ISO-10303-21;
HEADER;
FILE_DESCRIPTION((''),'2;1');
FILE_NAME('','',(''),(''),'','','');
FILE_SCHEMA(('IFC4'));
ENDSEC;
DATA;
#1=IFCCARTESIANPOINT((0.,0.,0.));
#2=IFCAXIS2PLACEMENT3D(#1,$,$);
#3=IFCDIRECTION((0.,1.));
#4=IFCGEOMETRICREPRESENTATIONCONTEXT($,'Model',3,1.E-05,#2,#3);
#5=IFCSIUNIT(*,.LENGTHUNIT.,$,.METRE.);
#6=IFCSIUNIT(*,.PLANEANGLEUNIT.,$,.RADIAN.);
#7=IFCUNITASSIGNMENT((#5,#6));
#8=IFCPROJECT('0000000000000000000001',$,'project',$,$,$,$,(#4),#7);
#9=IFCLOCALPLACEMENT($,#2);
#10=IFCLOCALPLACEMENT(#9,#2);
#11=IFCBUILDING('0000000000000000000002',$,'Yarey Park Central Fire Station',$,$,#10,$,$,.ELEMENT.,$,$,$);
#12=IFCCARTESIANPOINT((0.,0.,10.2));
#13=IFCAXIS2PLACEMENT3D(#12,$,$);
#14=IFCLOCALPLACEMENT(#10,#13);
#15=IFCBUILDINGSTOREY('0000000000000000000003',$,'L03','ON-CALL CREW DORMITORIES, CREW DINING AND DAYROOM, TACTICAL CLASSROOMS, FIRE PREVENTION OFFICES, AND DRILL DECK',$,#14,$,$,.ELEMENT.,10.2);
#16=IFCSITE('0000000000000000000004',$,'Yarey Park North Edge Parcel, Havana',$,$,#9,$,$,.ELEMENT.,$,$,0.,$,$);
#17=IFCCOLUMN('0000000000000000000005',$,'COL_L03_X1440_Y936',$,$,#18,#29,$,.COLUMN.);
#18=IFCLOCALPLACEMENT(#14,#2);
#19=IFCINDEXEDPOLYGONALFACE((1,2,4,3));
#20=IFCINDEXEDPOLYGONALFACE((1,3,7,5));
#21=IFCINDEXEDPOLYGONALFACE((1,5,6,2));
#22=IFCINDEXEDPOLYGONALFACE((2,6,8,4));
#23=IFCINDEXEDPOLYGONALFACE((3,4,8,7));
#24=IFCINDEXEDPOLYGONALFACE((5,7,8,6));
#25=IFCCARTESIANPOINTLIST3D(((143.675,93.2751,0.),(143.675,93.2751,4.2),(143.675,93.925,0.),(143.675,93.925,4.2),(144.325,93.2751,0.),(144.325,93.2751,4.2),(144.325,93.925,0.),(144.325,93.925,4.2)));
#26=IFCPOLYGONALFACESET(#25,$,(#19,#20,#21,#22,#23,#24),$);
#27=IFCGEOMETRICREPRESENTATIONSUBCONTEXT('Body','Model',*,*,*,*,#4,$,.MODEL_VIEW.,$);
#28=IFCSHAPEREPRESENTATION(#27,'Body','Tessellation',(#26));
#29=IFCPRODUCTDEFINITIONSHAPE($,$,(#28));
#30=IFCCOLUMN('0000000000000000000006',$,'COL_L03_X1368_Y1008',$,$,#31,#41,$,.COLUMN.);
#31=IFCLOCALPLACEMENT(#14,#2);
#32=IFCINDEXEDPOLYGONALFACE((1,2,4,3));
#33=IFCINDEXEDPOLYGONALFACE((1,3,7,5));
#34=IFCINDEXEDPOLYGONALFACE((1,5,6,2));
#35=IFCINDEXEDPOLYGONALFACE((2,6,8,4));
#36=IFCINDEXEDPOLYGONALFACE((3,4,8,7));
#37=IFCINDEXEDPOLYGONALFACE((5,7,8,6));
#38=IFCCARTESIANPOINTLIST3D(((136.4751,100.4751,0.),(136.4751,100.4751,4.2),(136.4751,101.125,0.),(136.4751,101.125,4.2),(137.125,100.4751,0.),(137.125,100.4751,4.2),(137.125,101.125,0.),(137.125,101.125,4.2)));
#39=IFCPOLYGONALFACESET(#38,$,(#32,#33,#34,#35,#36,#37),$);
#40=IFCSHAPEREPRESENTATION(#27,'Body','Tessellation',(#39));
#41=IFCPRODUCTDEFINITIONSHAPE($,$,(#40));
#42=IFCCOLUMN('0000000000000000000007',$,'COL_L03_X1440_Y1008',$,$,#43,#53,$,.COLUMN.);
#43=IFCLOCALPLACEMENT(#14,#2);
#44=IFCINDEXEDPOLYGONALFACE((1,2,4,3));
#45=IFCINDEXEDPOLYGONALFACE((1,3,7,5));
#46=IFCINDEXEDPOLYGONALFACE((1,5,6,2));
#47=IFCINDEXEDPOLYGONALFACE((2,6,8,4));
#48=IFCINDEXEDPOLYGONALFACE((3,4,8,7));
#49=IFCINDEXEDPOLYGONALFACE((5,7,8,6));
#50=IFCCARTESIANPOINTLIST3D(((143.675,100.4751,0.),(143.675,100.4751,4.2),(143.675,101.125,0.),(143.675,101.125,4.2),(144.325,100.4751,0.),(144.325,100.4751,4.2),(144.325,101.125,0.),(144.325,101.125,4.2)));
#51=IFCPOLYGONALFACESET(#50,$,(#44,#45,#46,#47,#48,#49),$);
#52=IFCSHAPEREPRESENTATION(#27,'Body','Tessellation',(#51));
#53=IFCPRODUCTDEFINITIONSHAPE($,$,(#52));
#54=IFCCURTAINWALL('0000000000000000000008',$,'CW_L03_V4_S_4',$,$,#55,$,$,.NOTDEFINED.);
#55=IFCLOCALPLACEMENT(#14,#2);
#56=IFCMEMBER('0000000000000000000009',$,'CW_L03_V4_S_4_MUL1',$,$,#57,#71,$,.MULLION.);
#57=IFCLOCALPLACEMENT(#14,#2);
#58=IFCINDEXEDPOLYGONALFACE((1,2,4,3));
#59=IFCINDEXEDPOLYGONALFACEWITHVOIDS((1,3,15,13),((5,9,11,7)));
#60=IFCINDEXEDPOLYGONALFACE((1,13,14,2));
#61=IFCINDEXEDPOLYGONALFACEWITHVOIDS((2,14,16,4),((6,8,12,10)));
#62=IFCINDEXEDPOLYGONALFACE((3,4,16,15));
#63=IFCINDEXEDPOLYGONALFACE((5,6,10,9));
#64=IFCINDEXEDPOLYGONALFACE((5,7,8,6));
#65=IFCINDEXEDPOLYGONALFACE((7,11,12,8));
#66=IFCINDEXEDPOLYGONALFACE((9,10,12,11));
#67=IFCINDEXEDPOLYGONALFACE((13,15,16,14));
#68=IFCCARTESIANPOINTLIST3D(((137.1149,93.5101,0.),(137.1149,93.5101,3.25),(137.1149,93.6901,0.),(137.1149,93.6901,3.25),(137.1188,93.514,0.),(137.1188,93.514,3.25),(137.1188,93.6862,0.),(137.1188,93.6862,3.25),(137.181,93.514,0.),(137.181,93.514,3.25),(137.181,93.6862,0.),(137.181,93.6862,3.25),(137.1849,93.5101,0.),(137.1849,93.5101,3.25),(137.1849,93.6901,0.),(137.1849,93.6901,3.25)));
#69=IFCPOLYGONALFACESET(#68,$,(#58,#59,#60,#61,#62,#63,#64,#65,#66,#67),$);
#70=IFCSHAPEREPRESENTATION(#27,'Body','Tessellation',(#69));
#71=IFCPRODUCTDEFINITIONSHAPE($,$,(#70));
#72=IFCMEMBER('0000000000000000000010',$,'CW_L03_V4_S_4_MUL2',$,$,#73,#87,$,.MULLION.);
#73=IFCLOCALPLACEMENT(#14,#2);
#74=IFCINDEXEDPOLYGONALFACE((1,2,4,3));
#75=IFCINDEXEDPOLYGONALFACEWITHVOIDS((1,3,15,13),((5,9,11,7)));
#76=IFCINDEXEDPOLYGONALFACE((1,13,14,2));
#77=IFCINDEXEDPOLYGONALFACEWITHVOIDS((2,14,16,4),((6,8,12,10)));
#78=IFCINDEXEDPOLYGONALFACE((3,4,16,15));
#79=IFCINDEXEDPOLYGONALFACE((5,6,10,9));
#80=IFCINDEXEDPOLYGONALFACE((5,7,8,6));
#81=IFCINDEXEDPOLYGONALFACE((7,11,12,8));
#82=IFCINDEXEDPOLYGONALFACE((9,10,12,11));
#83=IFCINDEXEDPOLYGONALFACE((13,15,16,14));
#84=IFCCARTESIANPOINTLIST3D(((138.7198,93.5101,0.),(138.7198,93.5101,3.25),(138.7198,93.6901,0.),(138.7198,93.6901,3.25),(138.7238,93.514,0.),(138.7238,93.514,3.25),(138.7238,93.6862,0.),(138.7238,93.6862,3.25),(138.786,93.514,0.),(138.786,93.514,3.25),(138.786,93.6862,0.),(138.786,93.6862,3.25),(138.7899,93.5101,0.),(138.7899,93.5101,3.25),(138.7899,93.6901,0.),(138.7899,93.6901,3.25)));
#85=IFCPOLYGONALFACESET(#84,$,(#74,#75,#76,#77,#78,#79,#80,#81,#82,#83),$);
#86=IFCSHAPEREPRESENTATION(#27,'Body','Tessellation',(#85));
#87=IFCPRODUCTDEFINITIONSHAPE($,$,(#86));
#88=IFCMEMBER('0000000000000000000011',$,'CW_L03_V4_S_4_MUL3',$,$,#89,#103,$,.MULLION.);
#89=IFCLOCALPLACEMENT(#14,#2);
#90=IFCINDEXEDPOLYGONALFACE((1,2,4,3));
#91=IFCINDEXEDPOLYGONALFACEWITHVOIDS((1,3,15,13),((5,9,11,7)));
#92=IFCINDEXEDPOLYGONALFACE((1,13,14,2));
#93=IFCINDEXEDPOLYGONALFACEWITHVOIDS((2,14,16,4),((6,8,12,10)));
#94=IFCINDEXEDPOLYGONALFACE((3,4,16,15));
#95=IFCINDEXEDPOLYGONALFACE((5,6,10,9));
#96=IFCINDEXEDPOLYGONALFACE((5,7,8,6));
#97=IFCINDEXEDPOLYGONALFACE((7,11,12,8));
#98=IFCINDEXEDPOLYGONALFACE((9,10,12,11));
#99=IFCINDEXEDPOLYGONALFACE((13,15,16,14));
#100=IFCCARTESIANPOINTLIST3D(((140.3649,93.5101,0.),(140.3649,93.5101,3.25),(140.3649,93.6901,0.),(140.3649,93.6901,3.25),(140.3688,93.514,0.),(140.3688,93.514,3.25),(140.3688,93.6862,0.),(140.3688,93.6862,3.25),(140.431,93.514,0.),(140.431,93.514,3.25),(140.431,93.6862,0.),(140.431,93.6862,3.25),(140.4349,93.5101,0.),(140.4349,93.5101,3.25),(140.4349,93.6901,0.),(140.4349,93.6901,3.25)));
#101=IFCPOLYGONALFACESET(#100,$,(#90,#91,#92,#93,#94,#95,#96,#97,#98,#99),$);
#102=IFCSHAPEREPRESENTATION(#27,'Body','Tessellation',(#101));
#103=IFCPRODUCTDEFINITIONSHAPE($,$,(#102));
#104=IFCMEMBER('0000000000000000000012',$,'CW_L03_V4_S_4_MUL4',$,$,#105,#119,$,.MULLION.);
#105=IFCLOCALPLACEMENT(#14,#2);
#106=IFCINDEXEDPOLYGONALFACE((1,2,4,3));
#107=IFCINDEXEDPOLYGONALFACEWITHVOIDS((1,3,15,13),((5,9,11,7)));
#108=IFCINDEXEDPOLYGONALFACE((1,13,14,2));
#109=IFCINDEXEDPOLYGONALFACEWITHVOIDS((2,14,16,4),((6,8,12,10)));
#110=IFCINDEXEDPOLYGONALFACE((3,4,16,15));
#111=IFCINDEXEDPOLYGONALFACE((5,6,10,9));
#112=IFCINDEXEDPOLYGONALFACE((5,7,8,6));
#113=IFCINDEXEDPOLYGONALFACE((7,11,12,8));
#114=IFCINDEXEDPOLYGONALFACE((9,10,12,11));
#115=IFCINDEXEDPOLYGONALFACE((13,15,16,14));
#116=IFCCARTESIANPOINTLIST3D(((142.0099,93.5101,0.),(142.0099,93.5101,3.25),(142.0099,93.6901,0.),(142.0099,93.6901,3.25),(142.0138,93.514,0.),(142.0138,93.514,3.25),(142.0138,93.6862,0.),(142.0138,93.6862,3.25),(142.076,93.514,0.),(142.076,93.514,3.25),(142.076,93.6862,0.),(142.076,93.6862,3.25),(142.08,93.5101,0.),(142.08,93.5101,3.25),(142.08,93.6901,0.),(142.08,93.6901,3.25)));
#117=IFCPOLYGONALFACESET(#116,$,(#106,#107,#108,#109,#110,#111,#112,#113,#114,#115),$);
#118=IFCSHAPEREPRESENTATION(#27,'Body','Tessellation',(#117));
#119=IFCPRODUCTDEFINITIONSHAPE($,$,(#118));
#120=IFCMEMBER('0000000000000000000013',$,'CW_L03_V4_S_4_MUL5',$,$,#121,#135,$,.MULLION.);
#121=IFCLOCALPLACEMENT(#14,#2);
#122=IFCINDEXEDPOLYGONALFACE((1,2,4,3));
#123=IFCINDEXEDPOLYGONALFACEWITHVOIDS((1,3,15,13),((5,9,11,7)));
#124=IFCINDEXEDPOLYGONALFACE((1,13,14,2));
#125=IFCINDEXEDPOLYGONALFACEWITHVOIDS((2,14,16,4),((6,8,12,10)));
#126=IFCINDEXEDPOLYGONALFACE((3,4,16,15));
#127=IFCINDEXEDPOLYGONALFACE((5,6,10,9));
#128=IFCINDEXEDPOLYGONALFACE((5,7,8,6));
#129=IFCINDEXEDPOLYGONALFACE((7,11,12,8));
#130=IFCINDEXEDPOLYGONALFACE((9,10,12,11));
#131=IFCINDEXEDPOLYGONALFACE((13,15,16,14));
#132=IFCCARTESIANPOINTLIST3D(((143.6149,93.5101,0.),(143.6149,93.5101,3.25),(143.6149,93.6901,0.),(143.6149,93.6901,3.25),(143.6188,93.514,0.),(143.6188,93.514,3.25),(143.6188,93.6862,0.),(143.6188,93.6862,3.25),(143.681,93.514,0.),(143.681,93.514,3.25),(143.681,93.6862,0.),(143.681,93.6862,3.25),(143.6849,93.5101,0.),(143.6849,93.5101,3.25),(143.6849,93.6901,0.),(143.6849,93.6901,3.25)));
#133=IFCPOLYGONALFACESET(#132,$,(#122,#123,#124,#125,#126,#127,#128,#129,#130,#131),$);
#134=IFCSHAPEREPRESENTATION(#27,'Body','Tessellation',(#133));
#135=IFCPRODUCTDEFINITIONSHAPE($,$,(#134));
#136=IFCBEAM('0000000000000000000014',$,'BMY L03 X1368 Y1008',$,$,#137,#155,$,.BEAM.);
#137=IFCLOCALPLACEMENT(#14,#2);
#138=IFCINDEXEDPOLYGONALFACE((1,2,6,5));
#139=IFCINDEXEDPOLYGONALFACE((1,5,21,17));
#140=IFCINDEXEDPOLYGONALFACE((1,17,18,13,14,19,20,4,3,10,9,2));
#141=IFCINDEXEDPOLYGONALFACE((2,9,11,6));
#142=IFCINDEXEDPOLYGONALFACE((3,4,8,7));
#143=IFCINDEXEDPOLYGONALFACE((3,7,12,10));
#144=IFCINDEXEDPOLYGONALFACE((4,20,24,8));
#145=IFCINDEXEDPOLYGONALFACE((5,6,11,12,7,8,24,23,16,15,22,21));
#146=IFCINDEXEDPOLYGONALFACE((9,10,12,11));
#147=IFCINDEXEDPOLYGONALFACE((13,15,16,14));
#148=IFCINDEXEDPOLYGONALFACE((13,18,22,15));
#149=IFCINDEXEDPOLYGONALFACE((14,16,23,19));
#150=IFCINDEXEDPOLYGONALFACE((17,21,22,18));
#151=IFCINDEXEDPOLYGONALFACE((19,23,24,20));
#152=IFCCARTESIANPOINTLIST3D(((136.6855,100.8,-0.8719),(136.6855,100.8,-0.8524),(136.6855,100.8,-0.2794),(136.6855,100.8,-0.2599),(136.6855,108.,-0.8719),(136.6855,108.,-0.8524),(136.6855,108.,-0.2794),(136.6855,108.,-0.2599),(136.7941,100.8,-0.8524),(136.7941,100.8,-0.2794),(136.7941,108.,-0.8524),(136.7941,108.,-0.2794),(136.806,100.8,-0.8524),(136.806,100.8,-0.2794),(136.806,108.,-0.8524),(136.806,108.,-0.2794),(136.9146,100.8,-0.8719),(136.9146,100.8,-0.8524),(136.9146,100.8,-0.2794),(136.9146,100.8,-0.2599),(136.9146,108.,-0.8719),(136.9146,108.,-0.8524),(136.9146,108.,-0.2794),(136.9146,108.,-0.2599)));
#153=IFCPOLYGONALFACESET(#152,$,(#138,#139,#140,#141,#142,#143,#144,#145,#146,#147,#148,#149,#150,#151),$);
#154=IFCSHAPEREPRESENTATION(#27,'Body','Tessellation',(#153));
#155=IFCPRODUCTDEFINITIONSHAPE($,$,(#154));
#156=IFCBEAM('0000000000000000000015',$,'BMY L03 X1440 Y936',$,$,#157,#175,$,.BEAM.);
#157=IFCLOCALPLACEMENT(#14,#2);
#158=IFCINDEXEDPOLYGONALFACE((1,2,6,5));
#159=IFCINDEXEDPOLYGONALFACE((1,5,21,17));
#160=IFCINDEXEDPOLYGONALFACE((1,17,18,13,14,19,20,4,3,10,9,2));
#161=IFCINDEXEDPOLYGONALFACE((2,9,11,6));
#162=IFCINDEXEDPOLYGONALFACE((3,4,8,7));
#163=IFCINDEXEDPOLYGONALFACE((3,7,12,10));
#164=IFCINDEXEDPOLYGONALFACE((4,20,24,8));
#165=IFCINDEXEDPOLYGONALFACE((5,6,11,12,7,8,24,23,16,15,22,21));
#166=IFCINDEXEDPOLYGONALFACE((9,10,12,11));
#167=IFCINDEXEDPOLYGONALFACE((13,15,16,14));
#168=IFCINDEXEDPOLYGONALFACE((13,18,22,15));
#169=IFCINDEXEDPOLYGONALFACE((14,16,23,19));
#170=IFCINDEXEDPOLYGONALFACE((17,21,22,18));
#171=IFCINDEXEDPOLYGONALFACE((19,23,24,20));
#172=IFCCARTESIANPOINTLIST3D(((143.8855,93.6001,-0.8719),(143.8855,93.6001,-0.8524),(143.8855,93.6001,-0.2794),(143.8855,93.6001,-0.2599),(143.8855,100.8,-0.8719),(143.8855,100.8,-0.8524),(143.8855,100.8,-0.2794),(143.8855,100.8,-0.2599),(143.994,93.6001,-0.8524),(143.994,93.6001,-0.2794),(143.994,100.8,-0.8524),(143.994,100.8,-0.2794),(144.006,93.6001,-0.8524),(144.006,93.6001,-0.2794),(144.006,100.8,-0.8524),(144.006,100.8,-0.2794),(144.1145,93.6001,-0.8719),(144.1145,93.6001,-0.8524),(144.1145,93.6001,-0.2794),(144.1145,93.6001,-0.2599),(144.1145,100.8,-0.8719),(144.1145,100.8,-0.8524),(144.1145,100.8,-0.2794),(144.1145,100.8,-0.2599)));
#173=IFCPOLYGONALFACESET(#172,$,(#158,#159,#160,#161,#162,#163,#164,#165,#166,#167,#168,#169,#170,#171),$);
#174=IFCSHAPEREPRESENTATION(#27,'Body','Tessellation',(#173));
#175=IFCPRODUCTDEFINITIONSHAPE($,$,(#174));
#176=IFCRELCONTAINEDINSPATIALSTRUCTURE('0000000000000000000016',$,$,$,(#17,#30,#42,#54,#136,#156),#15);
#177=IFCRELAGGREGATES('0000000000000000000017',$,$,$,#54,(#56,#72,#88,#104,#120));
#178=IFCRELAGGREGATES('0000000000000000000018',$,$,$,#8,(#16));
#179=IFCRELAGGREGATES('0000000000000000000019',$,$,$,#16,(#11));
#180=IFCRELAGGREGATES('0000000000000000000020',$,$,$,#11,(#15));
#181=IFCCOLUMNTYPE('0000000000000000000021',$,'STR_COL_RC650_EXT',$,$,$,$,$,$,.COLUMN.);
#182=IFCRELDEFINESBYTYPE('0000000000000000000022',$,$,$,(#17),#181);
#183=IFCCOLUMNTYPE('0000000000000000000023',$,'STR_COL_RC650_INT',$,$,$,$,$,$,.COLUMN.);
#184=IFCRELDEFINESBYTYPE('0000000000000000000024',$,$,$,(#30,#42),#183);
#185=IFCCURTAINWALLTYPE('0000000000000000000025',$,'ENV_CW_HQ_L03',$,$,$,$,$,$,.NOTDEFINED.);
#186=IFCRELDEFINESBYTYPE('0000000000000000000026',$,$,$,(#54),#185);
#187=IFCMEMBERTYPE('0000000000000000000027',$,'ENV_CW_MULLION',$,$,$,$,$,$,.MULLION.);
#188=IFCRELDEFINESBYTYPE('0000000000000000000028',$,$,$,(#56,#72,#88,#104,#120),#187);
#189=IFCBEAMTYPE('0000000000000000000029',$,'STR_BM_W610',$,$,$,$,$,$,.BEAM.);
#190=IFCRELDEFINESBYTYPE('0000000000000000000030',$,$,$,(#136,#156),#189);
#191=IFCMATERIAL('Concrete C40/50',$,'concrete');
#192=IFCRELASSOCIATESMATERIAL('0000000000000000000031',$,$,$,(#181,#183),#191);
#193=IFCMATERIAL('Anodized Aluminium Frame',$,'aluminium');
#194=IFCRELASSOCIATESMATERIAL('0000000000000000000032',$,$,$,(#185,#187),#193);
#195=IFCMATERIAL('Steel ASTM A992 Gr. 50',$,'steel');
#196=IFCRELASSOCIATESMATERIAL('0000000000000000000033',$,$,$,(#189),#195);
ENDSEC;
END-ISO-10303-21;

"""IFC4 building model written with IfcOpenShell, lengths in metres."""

from ifc_helpers import new_model, si_unit, direction, frame, origin, origin_2d, place, context, subcontext, project, spatial, rectangle, hollow_rectangle, i_section, extrude, material, material_profile, profile_set, type_object, element, aggregate, save


model = new_model("IFC4")

# Units and contexts
model_context = context("Model", 3, precision=1e-05, world=origin(), true_north=direction((0.0, 1.0)))
body_context = subcontext(model_context, "Body", "Model", "MODEL_VIEW")
ifc_project = project(units=[si_unit("LENGTHUNIT", "METRE"), si_unit("PLANEANGLEUNIT", "RADIAN")], contexts=[model_context])

# Site, building, storey
site_placement = place(None, origin())
site = spatial("IfcSite", under=ifc_project, at=site_placement, Name="Yarey Park North Edge Parcel, Havana", CompositionType="ELEMENT", RefElevation=0.0)
building_placement = place(site_placement, origin())
building = spatial("IfcBuilding", under=site, at=building_placement, Name="Yarey Park Central Fire Station", CompositionType="ELEMENT")
storey_placement = place(building_placement, frame((0.0, 0.0, 10.2)))
storey = spatial("IfcBuildingStorey", under=building, at=storey_placement, Name="L03", Description="ON-CALL CREW DORMITORIES, CREW DINING AND DAYROOM, TACTICAL CLASSROOMS, FIRE PREVENTION OFFICES, AND DRILL DECK", CompositionType="ELEMENT", Elevation=10.2)

# Columns
ifc_material_1 = material(Name="Concrete C40/50", Category="concrete")
ifc_material_profile_1 = material_profile(ifc_material_1, rectangle(XDim=0.6499, YDim=0.6499, at=origin_2d()), Name="RC 650x650")
ifc_profile_set_1 = profile_set([ifc_material_profile_1], Name="Concrete C40/50")
column_type_1 = type_object("IfcColumnType", Name="STR_COL_RC650_EXT", PredefinedType="COLUMN", material=ifc_profile_set_1)
column_placement = place(storey_placement, frame((144.0, 93.6001, 0.0), z_axis=(0.0, 0.0, 1.0), x_axis=(1.0, 0.0, 0.0)))
element("IfcColumn", 1, at=column_placement, inside=storey, type_object=column_type_1, Name="COL_L03_X1440_Y936", PredefinedType="COLUMN", context=body_context, shape_type="SweptSolid", body=[
    extrude(rectangle(XDim=0.6499, YDim=0.6499, at=origin_2d()), origin(), (0.0, 0.0, 1.0), 4.2),
])
ifc_material_profile_2 = material_profile(ifc_material_1, rectangle(XDim=0.6499, YDim=0.6499, at=origin_2d()), Name="RC 650x650")
ifc_profile_set_2 = profile_set([ifc_material_profile_2], Name="Concrete C40/50")
column_type_2 = type_object("IfcColumnType", Name="STR_COL_RC650_INT", PredefinedType="COLUMN", material=ifc_profile_set_2)
for number, where, z_axis, x_axis, name in (
    (2, (136.8, 100.8, 0.0), (0.0, 0.0, 1.0), (1.0, 0.0, 0.0), "COL_L03_X1368_Y1008"),
    (3, (144.0, 100.8, 0.0), (0.0, 0.0, 1.0), (1.0, 0.0, 0.0), "COL_L03_X1440_Y1008"),
):
    element("IfcColumn", number, at=place(storey_placement, frame(where, z_axis=z_axis, x_axis=x_axis)), inside=storey, type_object=column_type_2, Name=name, PredefinedType="COLUMN", context=body_context, shape_type="SweptSolid", body=[
        extrude(rectangle(XDim=0.6499, YDim=0.6499, at=origin_2d()), origin(), (0.0, 0.0, 1.0), 4.2),
    ])

# Curtain wall, members
ifc_material_2 = material(Name="Anodized Aluminium Frame", Category="aluminium")
curtain_wall_type = type_object("IfcCurtainWallType", Name="ENV_CW_HQ_L03", PredefinedType="NOTDEFINED", material=ifc_material_2)
curtain_wall_placement = place(storey_placement, origin())
curtain_wall = element("IfcCurtainWall", 4, at=curtain_wall_placement, inside=storey, type_object=curtain_wall_type, Name="CW_L03_V4_S_4", PredefinedType="NOTDEFINED")
ifc_material_profile_3 = material_profile(ifc_material_2, hollow_rectangle(XDim=0.0701, YDim=0.1799, WallThickness=0.0039, at=origin_2d()), Name="ALU 180x70x4")
ifc_profile_set_3 = profile_set([ifc_material_profile_3], Name="Anodized Aluminium Frame")
member_type_1 = type_object("IfcMemberType", Name="ENV_CW_MULLION", PredefinedType="MULLION", material=ifc_profile_set_3)
member_1_placement = place(storey_placement, frame((137.1499, 93.6001, 0.0), z_axis=(0.0, 0.0, 1.0), x_axis=(1.0, 0.0, 0.0)))
member_1 = element("IfcMember", 5, at=member_1_placement, type_object=member_type_1, Name="CW_L03_V4_S_4_MUL1", PredefinedType="MULLION", context=body_context, shape_type="SweptSolid", body=[
    extrude(hollow_rectangle(XDim=0.0701, YDim=0.1799, WallThickness=0.0039, at=origin_2d()), origin(), (0.0, 0.0, 1.0), 3.25),
])
member_2_placement = place(storey_placement, frame((138.7549, 93.6001, 0.0), z_axis=(0.0, 0.0, 1.0), x_axis=(1.0, 0.0, 0.0)))
member_2 = element("IfcMember", 6, at=member_2_placement, type_object=member_type_1, Name="CW_L03_V4_S_4_MUL2", PredefinedType="MULLION", context=body_context, shape_type="SweptSolid", body=[
    extrude(hollow_rectangle(XDim=0.0701, YDim=0.1799, WallThickness=0.0039, at=origin_2d()), origin(), (0.0, 0.0, 1.0), 3.25),
])
member_3_placement = place(storey_placement, frame((140.3999, 93.6001, 0.0), z_axis=(0.0, 0.0, 1.0), x_axis=(1.0, 0.0, 0.0)))
member_3 = element("IfcMember", 7, at=member_3_placement, type_object=member_type_1, Name="CW_L03_V4_S_4_MUL3", PredefinedType="MULLION", context=body_context, shape_type="SweptSolid", body=[
    extrude(hollow_rectangle(XDim=0.0701, YDim=0.1799, WallThickness=0.0039, at=origin_2d()), origin(), (0.0, 0.0, 1.0), 3.25),
])
member_4_placement = place(storey_placement, frame((142.0449, 93.6001, 0.0), z_axis=(0.0, 0.0, 1.0), x_axis=(1.0, 0.0, 0.0)))
member_4 = element("IfcMember", 8, at=member_4_placement, type_object=member_type_1, Name="CW_L03_V4_S_4_MUL4", PredefinedType="MULLION", context=body_context, shape_type="SweptSolid", body=[
    extrude(hollow_rectangle(XDim=0.0701, YDim=0.1799, WallThickness=0.0039, at=origin_2d()), origin(), (0.0, 0.0, 1.0), 3.25),
])
member_5_placement = place(storey_placement, frame((143.6499, 93.6001, 0.0), z_axis=(0.0, 0.0, 1.0), x_axis=(1.0, 0.0, 0.0)))
member_5 = element("IfcMember", 9, at=member_5_placement, type_object=member_type_1, Name="CW_L03_V4_S_4_MUL5", PredefinedType="MULLION", context=body_context, shape_type="SweptSolid", body=[
    extrude(hollow_rectangle(XDim=0.0701, YDim=0.1799, WallThickness=0.0039, at=origin_2d()), origin(), (0.0, 0.0, 1.0), 3.25),
])

# Beams
ifc_material_3 = material(Name="Steel ASTM A992 Gr. 50", Category="steel")
ifc_material_profile_4 = material_profile(ifc_material_3, i_section(OverallWidth=0.229, OverallDepth=0.6121, WebThickness=0.012, FlangeThickness=0.0195, at=origin_2d()), Name="W610x125")
ifc_profile_set_4 = profile_set([ifc_material_profile_4], Name="Steel ASTM A992 Gr. 50")
beam_type_1 = type_object("IfcBeamType", Name="STR_BM_W610", PredefinedType="BEAM", material=ifc_profile_set_4)
for number, where, z_axis, x_axis, name in (
    (10, (136.8, 100.8, -0.5659), (0.0, 1.0, 0.0), (-1.0, 0.0, 0.0), "BMY L03 X1368 Y1008"),
    (11, (144.0, 93.6001, -0.5659), (0.0, 1.0, 0.0), (-1.0, 0.0, 0.0), "BMY L03 X1440 Y936"),
):
    element("IfcBeam", number, at=place(storey_placement, frame(where, z_axis=z_axis, x_axis=x_axis)), inside=storey, type_object=beam_type_1, Name=name, PredefinedType="BEAM", context=body_context, shape_type="SweptSolid", body=[
        extrude(i_section(OverallWidth=0.229, OverallDepth=0.6121, WebThickness=0.012, FlangeThickness=0.0195, at=origin_2d()), origin(), (0.0, 0.0, 1.0), 7.2),
    ])

aggregate(curtain_wall, [member_1, member_2, member_3, member_4, member_5])

save(model, "model.ifc")
